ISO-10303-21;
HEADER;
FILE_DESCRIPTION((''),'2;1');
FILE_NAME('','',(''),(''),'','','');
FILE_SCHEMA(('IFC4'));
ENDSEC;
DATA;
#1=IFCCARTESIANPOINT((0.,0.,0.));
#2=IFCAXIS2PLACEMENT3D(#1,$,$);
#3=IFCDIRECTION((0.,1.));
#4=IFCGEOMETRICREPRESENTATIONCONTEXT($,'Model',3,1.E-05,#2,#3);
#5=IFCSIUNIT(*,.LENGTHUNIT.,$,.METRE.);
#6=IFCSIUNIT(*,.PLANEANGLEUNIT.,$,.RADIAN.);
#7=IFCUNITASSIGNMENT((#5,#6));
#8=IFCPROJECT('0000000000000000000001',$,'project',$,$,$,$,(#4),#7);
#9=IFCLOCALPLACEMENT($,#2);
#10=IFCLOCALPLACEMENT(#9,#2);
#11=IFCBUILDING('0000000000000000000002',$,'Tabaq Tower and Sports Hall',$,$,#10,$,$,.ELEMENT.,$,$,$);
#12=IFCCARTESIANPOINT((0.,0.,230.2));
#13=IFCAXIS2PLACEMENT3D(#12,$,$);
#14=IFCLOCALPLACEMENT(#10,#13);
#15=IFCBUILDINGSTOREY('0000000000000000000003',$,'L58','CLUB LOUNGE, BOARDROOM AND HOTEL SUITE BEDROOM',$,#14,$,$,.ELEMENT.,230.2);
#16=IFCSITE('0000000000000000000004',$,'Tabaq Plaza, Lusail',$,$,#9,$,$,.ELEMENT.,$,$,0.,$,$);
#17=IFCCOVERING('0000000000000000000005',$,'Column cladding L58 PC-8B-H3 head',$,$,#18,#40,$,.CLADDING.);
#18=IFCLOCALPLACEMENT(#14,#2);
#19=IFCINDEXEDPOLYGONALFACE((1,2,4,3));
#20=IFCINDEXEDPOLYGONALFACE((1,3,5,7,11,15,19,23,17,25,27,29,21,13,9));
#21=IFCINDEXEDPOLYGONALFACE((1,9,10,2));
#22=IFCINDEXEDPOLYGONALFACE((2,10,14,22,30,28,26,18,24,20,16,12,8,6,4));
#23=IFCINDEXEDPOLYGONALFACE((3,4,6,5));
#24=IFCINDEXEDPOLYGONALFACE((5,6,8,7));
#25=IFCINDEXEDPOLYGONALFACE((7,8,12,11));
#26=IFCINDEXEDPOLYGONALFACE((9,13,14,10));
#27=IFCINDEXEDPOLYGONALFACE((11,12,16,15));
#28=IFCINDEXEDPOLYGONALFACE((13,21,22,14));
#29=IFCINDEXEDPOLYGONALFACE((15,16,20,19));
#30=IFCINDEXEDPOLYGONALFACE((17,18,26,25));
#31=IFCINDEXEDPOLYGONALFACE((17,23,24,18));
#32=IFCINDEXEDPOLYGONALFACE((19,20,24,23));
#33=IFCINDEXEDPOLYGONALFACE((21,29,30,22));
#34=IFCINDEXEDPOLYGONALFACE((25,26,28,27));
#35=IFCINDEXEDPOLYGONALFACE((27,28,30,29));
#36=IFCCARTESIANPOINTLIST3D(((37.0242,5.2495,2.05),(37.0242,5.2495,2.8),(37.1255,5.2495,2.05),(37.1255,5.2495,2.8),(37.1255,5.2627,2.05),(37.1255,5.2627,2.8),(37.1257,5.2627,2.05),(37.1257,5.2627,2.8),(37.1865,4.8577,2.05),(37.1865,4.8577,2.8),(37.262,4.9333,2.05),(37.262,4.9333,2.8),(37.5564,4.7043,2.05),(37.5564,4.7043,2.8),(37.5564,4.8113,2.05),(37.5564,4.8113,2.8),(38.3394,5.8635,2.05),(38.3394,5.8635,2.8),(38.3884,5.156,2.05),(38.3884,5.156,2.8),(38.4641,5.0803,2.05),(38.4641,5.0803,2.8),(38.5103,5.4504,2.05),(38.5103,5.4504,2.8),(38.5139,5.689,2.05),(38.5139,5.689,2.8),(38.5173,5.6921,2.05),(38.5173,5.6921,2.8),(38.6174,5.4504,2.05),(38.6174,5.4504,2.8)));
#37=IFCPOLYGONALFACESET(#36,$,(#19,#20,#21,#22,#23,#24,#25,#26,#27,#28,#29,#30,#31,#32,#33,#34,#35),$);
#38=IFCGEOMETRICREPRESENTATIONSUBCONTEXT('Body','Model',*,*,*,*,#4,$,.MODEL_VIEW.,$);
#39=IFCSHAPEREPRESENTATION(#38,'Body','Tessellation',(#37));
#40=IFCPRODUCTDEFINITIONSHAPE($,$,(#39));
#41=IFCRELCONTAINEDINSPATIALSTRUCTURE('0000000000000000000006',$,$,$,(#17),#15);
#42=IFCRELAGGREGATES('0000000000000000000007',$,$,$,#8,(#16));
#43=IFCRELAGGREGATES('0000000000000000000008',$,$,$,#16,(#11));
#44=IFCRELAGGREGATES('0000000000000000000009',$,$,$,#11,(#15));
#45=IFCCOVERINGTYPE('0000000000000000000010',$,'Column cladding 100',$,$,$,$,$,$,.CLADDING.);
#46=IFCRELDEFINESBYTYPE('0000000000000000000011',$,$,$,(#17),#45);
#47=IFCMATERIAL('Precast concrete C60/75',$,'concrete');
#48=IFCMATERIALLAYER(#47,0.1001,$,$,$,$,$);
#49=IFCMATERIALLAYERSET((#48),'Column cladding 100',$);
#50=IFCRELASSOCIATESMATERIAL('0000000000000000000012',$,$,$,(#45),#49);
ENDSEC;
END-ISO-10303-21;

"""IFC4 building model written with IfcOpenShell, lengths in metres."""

from ifc_helpers import new_model, si_unit, direction, frame, origin, place, context, subcontext, project, spatial, polyline, outline, extrude, material, layer, layer_set, type_object, element, save


model = new_model("IFC4")

# Units and contexts
model_context = context("Model", 3, precision=1e-05, world=origin(), true_north=direction((0.0, 1.0)))
body_context = subcontext(model_context, "Body", "Model", "MODEL_VIEW")
ifc_project = project(units=[si_unit("LENGTHUNIT", "METRE"), si_unit("PLANEANGLEUNIT", "RADIAN")], contexts=[model_context])

# Site, building, storey
site_placement = place(None, origin())
site = spatial("IfcSite", under=ifc_project, at=site_placement, Name="Tabaq Plaza, Lusail", CompositionType="ELEMENT", RefElevation=0.0)
building_placement = place(site_placement, origin())
building = spatial("IfcBuilding", under=site, at=building_placement, Name="Tabaq Tower and Sports Hall", CompositionType="ELEMENT")
storey_placement = place(building_placement, frame((0.0, 0.0, 230.2)))
storey = spatial("IfcBuildingStorey", under=building, at=storey_placement, Name="L58", Description="CLUB LOUNGE, BOARDROOM AND HOTEL SUITE BEDROOM", CompositionType="ELEMENT", Elevation=230.2)

# Covering
ifc_material_1 = material(Name="Precast concrete C60/75", Category="concrete")
ifc_layer_1 = layer(ifc_material_1, 0.1001)
ifc_layer_set_1 = layer_set([ifc_layer_1], Name="Column cladding 100")
covering_type = type_object("IfcCoveringType", Name="Column cladding 100", PredefinedType="CLADDING", material=ifc_layer_set_1)
covering_1_placement = place(storey_placement, frame((0.0, 0.0, 2.05)))
element("IfcCovering", 1, at=covering_1_placement, inside=storey, type_object=covering_type, Name="Column cladding L58 PC-8B-H3 head", PredefinedType="CLADDING", context=body_context, shape_type="SweptSolid", body=[
    extrude(outline(polyline([(37.1255, 5.2627), (37.1257, 5.2627), (37.262, 4.9333), (37.5564, 4.8113), (38.3884, 5.156), (38.5103, 5.4504), (38.3394, 5.8635), (38.5139, 5.689), (38.5173, 5.6921), (38.6174, 5.4504), (38.4641, 5.0803), (37.5564, 4.7043), (37.1865, 4.8577), (37.0242, 5.2495), (37.1255, 5.2495), (37.1255, 5.2627)])), origin(), (0.0, 0.0, 1.0), 0.75),
])

save(model, "model.ifc")
